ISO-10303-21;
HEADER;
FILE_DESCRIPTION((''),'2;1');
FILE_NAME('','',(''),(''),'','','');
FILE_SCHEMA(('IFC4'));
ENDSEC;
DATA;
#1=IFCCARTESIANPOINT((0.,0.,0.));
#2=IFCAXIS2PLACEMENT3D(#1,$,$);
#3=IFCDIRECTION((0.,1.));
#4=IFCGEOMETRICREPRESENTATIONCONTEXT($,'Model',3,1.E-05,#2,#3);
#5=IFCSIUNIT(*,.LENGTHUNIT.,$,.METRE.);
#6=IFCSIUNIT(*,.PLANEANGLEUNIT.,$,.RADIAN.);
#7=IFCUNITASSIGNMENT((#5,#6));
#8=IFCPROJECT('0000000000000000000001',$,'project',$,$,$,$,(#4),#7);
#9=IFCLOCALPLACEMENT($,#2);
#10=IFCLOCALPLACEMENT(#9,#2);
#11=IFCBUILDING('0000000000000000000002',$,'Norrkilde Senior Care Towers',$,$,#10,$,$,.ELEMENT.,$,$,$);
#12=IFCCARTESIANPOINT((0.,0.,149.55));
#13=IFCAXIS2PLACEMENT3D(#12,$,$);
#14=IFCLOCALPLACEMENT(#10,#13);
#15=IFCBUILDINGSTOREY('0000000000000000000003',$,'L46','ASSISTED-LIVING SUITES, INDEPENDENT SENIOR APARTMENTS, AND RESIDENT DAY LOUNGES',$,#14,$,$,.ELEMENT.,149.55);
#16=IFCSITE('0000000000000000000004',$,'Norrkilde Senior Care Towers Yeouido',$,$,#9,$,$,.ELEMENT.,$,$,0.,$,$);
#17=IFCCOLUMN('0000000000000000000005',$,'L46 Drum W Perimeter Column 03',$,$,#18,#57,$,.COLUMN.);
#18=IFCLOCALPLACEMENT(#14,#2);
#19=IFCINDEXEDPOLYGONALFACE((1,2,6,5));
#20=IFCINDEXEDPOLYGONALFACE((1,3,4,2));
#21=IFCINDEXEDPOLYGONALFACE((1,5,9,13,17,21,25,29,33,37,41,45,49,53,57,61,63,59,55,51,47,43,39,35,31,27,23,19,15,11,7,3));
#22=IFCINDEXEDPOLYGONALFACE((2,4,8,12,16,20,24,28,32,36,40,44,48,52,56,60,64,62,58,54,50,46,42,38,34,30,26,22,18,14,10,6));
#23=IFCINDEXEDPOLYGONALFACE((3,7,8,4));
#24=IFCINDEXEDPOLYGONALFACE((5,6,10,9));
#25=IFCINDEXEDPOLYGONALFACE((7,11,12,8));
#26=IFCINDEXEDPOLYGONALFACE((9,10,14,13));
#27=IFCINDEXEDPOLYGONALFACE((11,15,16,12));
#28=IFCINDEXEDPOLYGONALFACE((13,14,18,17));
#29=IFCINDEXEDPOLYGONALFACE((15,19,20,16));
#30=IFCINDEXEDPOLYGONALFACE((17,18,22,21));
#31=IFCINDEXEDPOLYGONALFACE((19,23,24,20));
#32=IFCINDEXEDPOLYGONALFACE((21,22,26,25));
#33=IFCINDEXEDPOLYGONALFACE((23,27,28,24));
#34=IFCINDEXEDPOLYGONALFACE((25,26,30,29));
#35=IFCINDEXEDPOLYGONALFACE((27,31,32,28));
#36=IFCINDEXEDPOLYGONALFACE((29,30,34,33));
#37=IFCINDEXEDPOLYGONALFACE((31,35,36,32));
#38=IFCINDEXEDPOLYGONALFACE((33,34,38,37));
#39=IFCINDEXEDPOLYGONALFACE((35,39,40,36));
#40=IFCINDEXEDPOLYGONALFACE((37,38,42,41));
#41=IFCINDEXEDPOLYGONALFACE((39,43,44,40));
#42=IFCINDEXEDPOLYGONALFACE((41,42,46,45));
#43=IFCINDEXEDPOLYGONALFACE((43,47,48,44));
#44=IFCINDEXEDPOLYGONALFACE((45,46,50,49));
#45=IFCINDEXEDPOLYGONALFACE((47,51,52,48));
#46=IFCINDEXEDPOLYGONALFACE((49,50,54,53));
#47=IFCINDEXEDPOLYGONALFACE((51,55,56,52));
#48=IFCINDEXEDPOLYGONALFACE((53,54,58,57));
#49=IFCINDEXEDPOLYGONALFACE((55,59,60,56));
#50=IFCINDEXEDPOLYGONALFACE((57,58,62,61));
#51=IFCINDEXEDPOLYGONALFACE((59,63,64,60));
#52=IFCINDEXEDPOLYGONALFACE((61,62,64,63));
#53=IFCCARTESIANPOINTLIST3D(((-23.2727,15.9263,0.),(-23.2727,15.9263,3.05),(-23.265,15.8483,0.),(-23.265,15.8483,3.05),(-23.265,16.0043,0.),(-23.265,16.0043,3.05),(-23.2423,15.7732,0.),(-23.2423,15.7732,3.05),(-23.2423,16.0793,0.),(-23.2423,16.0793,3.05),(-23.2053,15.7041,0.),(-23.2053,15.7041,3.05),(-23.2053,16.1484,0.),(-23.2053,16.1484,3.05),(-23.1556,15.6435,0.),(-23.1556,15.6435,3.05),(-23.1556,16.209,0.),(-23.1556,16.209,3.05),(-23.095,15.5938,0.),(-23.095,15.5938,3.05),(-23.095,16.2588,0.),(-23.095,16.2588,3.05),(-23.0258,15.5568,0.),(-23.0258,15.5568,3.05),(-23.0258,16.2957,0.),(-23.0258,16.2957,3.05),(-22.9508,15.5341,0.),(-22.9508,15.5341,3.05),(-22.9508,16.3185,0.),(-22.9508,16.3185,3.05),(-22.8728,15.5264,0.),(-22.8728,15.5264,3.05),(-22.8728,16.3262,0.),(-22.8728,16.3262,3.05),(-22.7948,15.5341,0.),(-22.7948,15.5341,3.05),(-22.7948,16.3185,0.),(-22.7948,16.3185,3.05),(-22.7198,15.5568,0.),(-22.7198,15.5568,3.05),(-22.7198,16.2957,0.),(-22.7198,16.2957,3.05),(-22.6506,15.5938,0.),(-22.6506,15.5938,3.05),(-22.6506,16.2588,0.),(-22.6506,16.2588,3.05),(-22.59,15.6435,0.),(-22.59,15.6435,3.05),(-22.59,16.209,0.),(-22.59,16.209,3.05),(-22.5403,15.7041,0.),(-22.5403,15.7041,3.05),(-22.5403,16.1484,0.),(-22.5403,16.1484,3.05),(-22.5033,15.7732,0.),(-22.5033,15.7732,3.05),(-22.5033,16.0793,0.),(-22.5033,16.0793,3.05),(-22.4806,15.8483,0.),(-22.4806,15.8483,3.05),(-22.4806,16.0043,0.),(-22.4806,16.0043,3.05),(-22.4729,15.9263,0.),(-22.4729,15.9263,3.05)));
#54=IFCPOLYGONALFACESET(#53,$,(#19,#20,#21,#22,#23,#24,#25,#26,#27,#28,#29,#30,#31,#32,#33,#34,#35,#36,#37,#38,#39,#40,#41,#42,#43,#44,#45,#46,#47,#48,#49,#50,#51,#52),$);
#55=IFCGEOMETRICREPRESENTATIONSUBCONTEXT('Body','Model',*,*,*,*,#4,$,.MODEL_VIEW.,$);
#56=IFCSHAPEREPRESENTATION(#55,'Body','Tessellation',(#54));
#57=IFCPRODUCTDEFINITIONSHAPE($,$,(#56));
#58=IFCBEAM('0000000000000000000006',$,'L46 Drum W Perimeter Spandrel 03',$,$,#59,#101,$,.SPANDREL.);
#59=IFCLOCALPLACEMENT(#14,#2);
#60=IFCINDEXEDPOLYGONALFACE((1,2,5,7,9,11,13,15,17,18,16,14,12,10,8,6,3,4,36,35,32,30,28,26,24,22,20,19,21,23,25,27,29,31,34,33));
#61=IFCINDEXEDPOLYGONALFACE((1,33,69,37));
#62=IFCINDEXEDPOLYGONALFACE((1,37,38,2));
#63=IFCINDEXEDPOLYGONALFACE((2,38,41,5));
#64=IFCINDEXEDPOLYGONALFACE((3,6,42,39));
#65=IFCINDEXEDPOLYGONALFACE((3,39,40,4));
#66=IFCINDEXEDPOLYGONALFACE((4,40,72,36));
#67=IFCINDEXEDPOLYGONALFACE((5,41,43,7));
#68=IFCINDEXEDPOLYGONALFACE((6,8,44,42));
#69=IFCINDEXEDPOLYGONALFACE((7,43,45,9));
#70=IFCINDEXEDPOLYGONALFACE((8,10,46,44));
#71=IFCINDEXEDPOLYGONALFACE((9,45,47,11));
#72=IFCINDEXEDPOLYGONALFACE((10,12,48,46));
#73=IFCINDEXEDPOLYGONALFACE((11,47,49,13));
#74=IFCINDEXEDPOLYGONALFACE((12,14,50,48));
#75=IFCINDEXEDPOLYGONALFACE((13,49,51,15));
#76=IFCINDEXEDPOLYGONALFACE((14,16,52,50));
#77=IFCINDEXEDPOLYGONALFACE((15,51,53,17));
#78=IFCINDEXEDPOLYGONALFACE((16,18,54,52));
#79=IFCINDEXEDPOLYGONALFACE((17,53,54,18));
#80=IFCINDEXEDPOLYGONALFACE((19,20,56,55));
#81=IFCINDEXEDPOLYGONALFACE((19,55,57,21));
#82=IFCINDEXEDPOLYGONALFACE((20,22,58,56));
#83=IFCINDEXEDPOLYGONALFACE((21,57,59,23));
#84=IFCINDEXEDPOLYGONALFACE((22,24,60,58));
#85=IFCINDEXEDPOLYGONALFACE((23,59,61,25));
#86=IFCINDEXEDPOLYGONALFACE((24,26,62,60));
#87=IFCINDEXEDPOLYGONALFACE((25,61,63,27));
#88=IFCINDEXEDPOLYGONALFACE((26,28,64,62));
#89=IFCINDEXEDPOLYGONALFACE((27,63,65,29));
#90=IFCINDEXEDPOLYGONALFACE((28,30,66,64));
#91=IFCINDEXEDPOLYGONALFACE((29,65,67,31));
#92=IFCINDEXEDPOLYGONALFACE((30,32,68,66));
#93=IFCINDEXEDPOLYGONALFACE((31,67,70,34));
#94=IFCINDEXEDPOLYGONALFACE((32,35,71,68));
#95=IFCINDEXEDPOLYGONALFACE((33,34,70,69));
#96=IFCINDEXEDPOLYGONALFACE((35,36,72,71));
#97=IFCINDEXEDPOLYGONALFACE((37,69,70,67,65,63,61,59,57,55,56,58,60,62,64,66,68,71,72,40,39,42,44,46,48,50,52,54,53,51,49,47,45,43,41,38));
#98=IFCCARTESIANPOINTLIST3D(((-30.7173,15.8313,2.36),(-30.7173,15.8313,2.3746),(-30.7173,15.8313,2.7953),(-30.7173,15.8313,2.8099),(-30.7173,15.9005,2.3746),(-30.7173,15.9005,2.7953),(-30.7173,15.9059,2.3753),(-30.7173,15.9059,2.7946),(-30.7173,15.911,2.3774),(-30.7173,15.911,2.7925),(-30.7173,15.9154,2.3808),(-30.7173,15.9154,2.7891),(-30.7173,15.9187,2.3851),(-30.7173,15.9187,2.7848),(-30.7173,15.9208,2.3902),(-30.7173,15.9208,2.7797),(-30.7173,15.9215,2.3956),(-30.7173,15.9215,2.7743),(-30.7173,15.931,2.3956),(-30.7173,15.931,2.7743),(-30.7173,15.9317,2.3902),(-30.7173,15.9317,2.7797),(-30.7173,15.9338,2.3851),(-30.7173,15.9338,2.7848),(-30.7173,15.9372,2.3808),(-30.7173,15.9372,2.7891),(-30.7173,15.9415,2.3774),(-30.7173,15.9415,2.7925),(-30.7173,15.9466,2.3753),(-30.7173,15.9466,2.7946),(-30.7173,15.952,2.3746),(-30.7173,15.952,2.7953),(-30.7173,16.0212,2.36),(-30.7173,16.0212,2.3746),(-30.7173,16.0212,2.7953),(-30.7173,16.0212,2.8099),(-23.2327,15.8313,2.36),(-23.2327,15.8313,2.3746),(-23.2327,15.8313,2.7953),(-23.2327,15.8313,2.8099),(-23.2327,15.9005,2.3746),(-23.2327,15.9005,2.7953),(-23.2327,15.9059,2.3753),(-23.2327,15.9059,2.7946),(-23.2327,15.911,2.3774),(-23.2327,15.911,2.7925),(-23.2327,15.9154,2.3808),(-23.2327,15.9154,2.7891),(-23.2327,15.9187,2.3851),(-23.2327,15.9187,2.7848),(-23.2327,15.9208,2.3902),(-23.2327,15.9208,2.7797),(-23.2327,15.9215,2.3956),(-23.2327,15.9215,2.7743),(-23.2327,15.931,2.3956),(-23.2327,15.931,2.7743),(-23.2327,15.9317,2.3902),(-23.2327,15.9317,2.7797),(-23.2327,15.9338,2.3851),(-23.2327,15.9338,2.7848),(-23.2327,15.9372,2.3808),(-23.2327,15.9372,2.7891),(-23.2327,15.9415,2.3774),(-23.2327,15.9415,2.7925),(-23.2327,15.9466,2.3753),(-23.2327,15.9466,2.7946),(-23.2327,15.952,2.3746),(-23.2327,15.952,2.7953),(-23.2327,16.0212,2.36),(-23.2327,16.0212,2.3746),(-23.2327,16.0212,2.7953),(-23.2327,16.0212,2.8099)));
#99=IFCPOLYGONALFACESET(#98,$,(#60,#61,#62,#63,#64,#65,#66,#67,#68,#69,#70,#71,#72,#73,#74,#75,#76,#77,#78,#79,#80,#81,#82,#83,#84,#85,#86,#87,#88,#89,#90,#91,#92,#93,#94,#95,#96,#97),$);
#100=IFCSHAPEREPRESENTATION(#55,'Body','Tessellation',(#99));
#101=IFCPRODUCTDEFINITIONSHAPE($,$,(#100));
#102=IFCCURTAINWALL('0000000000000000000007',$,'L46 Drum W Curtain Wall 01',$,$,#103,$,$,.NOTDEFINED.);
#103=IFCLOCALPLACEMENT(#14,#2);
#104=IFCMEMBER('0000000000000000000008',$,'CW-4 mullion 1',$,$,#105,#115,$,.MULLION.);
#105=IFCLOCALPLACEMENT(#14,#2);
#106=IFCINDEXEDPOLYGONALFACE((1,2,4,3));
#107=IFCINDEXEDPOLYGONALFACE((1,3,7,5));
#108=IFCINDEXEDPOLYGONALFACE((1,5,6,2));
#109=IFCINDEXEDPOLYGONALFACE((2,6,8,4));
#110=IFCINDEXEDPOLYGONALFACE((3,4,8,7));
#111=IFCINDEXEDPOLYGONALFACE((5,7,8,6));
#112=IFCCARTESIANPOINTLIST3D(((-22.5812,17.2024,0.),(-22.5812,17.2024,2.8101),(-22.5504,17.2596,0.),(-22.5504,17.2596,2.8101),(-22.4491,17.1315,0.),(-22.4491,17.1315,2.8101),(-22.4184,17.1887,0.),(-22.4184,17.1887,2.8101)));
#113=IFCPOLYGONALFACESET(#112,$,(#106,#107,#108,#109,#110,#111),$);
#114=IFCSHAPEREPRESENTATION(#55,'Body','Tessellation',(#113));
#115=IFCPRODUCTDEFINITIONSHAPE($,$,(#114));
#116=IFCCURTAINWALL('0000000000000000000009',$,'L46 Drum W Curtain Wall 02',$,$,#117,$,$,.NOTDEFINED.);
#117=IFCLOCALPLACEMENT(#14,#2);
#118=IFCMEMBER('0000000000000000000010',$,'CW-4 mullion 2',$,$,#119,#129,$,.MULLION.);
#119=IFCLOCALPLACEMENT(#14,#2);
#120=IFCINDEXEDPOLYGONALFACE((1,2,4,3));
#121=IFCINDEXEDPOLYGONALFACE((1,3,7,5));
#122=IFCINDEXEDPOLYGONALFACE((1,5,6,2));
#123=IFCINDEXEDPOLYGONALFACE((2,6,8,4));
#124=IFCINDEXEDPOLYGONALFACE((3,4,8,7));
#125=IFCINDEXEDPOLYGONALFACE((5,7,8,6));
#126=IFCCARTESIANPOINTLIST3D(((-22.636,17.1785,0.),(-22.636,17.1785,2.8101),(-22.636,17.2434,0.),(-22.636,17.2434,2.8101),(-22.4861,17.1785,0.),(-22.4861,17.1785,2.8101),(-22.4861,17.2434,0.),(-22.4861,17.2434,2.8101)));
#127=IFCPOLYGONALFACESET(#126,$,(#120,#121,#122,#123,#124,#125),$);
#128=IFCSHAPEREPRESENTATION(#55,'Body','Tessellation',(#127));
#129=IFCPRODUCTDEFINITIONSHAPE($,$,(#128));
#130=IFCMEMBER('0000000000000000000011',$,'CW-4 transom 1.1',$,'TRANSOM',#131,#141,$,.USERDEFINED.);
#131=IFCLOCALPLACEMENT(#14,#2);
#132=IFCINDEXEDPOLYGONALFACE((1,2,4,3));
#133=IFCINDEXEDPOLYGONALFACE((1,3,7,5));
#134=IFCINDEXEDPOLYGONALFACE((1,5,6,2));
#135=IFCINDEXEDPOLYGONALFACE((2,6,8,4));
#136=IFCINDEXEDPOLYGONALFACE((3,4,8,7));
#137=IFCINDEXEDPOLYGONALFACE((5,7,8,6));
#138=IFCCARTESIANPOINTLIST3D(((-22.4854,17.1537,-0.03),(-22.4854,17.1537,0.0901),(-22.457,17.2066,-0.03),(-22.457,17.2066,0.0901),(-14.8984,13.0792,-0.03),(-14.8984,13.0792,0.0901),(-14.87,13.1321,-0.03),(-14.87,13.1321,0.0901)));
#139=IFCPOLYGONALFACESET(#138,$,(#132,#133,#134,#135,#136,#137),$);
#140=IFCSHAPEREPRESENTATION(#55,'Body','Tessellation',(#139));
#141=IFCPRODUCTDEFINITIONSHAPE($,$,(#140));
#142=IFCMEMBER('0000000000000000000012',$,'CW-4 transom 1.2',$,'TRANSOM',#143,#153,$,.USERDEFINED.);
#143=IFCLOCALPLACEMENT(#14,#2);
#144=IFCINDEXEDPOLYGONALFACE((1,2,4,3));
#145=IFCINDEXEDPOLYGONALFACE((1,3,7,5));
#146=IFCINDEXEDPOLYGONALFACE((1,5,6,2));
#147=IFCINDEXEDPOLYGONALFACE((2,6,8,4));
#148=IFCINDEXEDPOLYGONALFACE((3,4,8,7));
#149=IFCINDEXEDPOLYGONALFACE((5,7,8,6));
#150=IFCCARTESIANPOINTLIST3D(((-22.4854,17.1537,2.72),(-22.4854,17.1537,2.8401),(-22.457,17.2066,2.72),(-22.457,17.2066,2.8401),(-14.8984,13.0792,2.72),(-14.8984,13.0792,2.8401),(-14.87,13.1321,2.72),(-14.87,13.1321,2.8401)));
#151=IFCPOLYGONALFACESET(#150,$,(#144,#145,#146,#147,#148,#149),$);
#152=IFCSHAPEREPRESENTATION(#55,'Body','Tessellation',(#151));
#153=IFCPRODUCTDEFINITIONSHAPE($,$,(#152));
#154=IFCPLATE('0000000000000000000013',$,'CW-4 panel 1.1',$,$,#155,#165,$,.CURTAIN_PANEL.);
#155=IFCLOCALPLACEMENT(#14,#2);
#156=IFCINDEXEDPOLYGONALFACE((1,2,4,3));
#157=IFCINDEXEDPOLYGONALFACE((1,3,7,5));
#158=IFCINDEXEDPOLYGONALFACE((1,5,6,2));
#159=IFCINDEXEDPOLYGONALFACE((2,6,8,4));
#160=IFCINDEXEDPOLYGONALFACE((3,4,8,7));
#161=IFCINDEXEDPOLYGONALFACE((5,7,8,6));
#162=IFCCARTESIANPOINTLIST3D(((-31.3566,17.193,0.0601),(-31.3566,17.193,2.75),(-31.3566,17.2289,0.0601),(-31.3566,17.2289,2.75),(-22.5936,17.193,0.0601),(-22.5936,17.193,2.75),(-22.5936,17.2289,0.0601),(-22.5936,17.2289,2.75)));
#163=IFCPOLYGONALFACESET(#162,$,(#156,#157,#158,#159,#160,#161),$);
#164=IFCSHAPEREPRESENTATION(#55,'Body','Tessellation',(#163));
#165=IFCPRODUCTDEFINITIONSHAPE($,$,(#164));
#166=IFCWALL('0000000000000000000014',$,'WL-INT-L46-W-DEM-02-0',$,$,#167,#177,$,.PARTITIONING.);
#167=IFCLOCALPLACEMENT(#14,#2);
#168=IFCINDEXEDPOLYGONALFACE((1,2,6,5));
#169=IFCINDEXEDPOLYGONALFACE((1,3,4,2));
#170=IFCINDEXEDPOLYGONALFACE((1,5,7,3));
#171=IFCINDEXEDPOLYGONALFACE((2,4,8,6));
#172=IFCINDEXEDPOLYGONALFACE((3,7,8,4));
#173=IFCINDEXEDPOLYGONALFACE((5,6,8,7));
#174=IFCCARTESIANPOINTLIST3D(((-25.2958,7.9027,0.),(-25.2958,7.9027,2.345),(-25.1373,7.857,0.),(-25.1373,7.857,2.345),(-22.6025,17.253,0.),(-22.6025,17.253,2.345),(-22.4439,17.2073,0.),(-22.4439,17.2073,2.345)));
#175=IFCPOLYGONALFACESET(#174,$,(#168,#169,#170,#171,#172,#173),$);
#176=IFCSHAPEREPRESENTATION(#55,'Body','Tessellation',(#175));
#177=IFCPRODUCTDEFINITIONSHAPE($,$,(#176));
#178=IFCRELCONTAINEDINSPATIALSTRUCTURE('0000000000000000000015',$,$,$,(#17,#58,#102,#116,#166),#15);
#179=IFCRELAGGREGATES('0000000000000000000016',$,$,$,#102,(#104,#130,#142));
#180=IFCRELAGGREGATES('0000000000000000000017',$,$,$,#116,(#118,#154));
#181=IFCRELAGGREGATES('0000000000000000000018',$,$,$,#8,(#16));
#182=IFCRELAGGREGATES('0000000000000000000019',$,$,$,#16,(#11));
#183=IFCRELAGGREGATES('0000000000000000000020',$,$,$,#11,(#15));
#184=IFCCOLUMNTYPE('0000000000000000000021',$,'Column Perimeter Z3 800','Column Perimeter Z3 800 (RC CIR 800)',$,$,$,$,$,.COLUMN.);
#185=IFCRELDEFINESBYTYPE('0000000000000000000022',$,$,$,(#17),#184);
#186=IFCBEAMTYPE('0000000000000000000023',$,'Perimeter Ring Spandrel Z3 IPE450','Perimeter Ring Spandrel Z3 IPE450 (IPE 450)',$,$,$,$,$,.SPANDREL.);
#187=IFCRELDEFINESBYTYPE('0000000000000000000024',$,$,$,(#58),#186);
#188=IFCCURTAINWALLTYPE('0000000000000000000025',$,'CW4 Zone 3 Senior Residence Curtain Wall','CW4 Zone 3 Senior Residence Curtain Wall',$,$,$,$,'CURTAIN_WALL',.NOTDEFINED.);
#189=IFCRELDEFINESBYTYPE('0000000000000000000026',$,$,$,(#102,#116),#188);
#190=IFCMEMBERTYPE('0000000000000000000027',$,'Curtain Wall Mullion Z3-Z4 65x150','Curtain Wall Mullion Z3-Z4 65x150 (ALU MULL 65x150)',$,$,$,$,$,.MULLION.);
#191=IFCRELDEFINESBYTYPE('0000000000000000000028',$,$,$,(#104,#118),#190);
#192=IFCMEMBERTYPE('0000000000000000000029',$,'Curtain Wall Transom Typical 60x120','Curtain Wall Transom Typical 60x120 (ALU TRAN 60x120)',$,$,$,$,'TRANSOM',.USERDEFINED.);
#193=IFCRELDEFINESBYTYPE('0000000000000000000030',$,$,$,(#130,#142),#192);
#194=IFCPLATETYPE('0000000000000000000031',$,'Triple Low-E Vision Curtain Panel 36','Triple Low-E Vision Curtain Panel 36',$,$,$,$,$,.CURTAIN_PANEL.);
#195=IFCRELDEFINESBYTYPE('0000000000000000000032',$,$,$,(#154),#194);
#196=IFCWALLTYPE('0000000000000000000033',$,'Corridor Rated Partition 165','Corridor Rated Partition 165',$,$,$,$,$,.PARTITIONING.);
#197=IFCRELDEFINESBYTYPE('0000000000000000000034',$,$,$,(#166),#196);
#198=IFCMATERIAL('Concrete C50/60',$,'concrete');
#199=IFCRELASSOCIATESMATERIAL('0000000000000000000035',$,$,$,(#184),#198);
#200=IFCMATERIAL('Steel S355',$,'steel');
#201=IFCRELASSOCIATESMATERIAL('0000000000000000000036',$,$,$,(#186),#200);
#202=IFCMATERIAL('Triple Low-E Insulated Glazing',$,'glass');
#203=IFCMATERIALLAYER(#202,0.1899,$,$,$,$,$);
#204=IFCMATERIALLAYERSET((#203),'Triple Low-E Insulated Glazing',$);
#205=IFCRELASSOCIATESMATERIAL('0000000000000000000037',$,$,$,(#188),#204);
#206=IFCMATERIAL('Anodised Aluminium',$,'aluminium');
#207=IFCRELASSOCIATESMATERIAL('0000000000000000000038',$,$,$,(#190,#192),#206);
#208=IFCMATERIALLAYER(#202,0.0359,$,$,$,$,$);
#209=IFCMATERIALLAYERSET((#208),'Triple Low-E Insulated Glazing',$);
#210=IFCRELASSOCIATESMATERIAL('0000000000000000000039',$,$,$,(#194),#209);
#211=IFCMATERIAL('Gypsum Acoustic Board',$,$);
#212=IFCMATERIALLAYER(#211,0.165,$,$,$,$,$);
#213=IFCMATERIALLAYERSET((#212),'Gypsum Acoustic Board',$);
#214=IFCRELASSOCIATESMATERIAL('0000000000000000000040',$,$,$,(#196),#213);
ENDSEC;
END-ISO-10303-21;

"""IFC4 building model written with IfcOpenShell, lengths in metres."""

from ifc_helpers import new_model, si_unit, direction, frame, frame_2d, origin, origin_2d, place, context, subcontext, project, spatial, rectangle, circle, i_section, extrude, source, transform, mapped, material, layer, layer_set, material_profile, profile_set, type_object, type_shapes, element, aggregate, save


model = new_model("IFC4")

# Units and contexts
model_context = context("Model", 3, precision=1e-05, world=origin(), true_north=direction((0.0, 1.0)))
body_context = subcontext(model_context, "Body", "Model", "MODEL_VIEW")
ifc_project = project(units=[si_unit("LENGTHUNIT", "METRE"), si_unit("PLANEANGLEUNIT", "RADIAN")], contexts=[model_context])

# Site, building, storey
site_placement = place(None, origin())
site = spatial("IfcSite", under=ifc_project, at=site_placement, Name="Norrkilde Senior Care Towers Yeouido", CompositionType="ELEMENT", RefElevation=0.0)
building_placement = place(site_placement, origin())
building = spatial("IfcBuilding", under=site, at=building_placement, Name="Norrkilde Senior Care Towers", CompositionType="ELEMENT")
storey_placement = place(building_placement, frame((0.0, 0.0, 149.55)))
storey = spatial("IfcBuildingStorey", under=building, at=storey_placement, Name="L46", Description="ASSISTED-LIVING SUITES, INDEPENDENT SENIOR APARTMENTS, AND RESIDENT DAY LOUNGES", CompositionType="ELEMENT", Elevation=149.55)

# Column
ifc_material_1 = material(Name="Concrete C50/60", Category="concrete")
ifc_material_profile_1 = material_profile(ifc_material_1, circle(Radius=0.3999, at=origin_2d()), Name="RC CIR 800")
ifc_profile_set_1 = profile_set([ifc_material_profile_1], Name="Concrete C50/60")
column_type = type_object("IfcColumnType", Name="Column Perimeter Z3 800", Description="Column Perimeter Z3 800 (RC CIR 800)", PredefinedType="COLUMN", material=ifc_profile_set_1)
shared_shape_1 = source(origin(), body_context, "Body", "SweptSolid", [
    extrude(circle(Radius=0.3999, at=origin_2d()), origin(), (0.0, 0.0, 1.0), 3.05),
])
type_shapes(column_type, [shared_shape_1])
column_placement = place(storey_placement, frame((-22.8728, 15.9263, 0.0), z_axis=(0.0, 0.0, 1.0), x_axis=(1.0, 0.0, 0.0)))
element("IfcColumn", 1, at=column_placement, inside=storey, type_object=column_type, Name="L46 Drum W Perimeter Column 03", PredefinedType="COLUMN", context=body_context, shape_type="MappedRepresentation", body=[
    mapped(shared_shape_1, transform((0.0, 0.0, 0.0), x_axis=(1.0, 0.0, 0.0), y_axis=(0.0, 1.0, 0.0), z_axis=(0.0, 0.0, 1.0), scale=1.0)),
])

# Beam
ifc_material_2 = material(Name="Steel S355", Category="steel")
ifc_material_profile_2 = material_profile(ifc_material_2, i_section(OverallWidth=0.1899, OverallDepth=0.45, WebThickness=0.0095, FlangeThickness=0.0146, FilletRadius=0.021, at=origin_2d()), Name="IPE 450")
ifc_profile_set_2 = profile_set([ifc_material_profile_2], Name="Steel S355")
beam_type = type_object("IfcBeamType", Name="Perimeter Ring Spandrel Z3 IPE450", Description="Perimeter Ring Spandrel Z3 IPE450 (IPE 450)", PredefinedType="SPANDREL", material=ifc_profile_set_2)
shared_shape_2 = source(origin(), body_context, "Body", "SweptSolid", [
    extrude(i_section(OverallWidth=0.1899, OverallDepth=0.45, WebThickness=0.0095, FlangeThickness=0.0146, FilletRadius=0.021, at=origin_2d()), origin(), (0.0, 0.0, 1.0), 7.4846),
])
type_shapes(beam_type, [shared_shape_2])
beam_placement = place(storey_placement, frame((-23.2327, 15.9263, 2.585), z_axis=(-1.0, 0.0, 0.0), x_axis=(0.0, -1.0, 0.0)))
element("IfcBeam", 2, at=beam_placement, inside=storey, type_object=beam_type, Name="L46 Drum W Perimeter Spandrel 03", PredefinedType="SPANDREL", context=body_context, shape_type="MappedRepresentation", body=[
    mapped(shared_shape_2, transform((0.0, 0.0, 0.0), x_axis=(1.0, 0.0, 0.0), y_axis=(0.0, 1.0, 0.0), z_axis=(0.0, 0.0, 1.0), scale=1.0)),
])

# Curtain walls, members
ifc_material_3 = material(Name="Triple Low-E Insulated Glazing", Category="glass")
ifc_layer_1 = layer(ifc_material_3, 0.1899)
ifc_layer_set_1 = layer_set([ifc_layer_1], Name="Triple Low-E Insulated Glazing")
curtain_wall_type = type_object("IfcCurtainWallType", Name="CW4 Zone 3 Senior Residence Curtain Wall", Description="CW4 Zone 3 Senior Residence Curtain Wall", ElementType="CURTAIN_WALL", PredefinedType="NOTDEFINED", material=ifc_layer_set_1)
curtain_wall_1_placement = place(storey_placement, origin())
curtain_wall_1 = element("IfcCurtainWall", 3, at=curtain_wall_1_placement, inside=storey, type_object=curtain_wall_type, Name="L46 Drum W Curtain Wall 01", PredefinedType="NOTDEFINED")
ifc_material_4 = material(Name="Anodised Aluminium", Category="aluminium")
ifc_material_profile_3 = material_profile(ifc_material_4, rectangle(XDim=0.0649, YDim=0.1499, at=origin_2d()), Name="ALU MULL 65x150")
ifc_profile_set_3 = profile_set([ifc_material_profile_3], Name="Anodised Aluminium")
member_type_1 = type_object("IfcMemberType", Name="Curtain Wall Mullion Z3-Z4 65x150", Description="Curtain Wall Mullion Z3-Z4 65x150 (ALU MULL 65x150)", PredefinedType="MULLION", material=ifc_profile_set_3)
shared_shape_3 = source(origin(), body_context, "Body", "SweptSolid", [
    extrude(rectangle(XDim=0.0649, YDim=0.1499, at=origin_2d()), origin(), (0.0, 0.0, 1.0), 2.8101),
])
type_shapes(member_type_1, [shared_shape_3])
member_1_placement = place(storey_placement, frame((-22.4998, 17.1956, 0.0), z_axis=(0.0, 0.0, 1.0), x_axis=(0.473117, 0.881, 0.0)))
member_1 = element("IfcMember", 4, at=member_1_placement, type_object=member_type_1, Name="CW-4 mullion 1", PredefinedType="MULLION", context=body_context, shape_type="MappedRepresentation", body=[
    mapped(shared_shape_3, transform((0.0, 0.0, 0.0), x_axis=(1.0, 0.0, 0.0), y_axis=(0.0, 1.0, 0.0), z_axis=(0.0, 0.0, 1.0), scale=1.0)),
])
curtain_wall_2_placement = place(storey_placement, origin())
curtain_wall_2 = element("IfcCurtainWall", 5, at=curtain_wall_2_placement, inside=storey, type_object=curtain_wall_type, Name="L46 Drum W Curtain Wall 02", PredefinedType="NOTDEFINED")
member_2_placement = place(storey_placement, frame((-22.561, 17.2109, 0.0), z_axis=(0.0, 0.0, 1.0), x_axis=(0.0, 1.0, 0.0)))
member_2 = element("IfcMember", 6, at=member_2_placement, type_object=member_type_1, Name="CW-4 mullion 2", PredefinedType="MULLION", context=body_context, shape_type="MappedRepresentation", body=[
    mapped(shared_shape_3, transform((0.0, 0.0, 0.0), x_axis=(1.0, 0.0, 0.0), y_axis=(0.0, 1.0, 0.0), z_axis=(0.0, 0.0, 1.0), scale=1.0)),
])

# Members
ifc_material_profile_4 = material_profile(ifc_material_4, rectangle(XDim=0.0601, YDim=0.1201, at=origin_2d()), Name="ALU TRAN 60x120")
ifc_profile_set_4 = profile_set([ifc_material_profile_4], Name="Anodised Aluminium")
member_type_2 = type_object("IfcMemberType", Name="Curtain Wall Transom Typical 60x120", Description="Curtain Wall Transom Typical 60x120 (ALU TRAN 60x120)", ElementType="TRANSOM", PredefinedType="USERDEFINED", material=ifc_profile_set_4)
shared_shape_4 = source(origin(), body_context, "Body", "SweptSolid", [
    extrude(rectangle(XDim=0.0601, YDim=0.1201, at=origin_2d()), origin(), (0.0, 0.0, 1.0), 8.6118),
])
type_shapes(member_type_2, [shared_shape_4])
member_3_placement = place(storey_placement, frame((-22.4712, 17.1802, 0.03), z_axis=(0.880994, -0.473127, 0.0), x_axis=(0.473127, 0.880994, 0.0)))
member_3 = element("IfcMember", 7, at=member_3_placement, type_object=member_type_2, Name="CW-4 transom 1.1", ObjectType="TRANSOM", PredefinedType="USERDEFINED", context=body_context, shape_type="MappedRepresentation", body=[
    mapped(shared_shape_4, transform((0.0, 0.0, 0.0), x_axis=(1.0, 0.0, 0.0), y_axis=(0.0, 1.0, 0.0), z_axis=(0.0, 0.0, 1.0), scale=1.0)),
])
member_4_placement = place(storey_placement, frame((-22.4712, 17.1802, 2.78), z_axis=(0.880994, -0.473127, 0.0), x_axis=(0.473127, 0.880994, 0.0)))
member_4 = element("IfcMember", 8, at=member_4_placement, type_object=member_type_2, Name="CW-4 transom 1.2", ObjectType="TRANSOM", PredefinedType="USERDEFINED", context=body_context, shape_type="MappedRepresentation", body=[
    mapped(shared_shape_4, transform((0.0, 0.0, 0.0), x_axis=(1.0, 0.0, 0.0), y_axis=(0.0, 1.0, 0.0), z_axis=(0.0, 0.0, 1.0), scale=1.0)),
])
aggregate(curtain_wall_1, [member_1, member_3, member_4])

# Plate
ifc_layer_2 = layer(ifc_material_3, 0.0359)
ifc_layer_set_2 = layer_set([ifc_layer_2], Name="Triple Low-E Insulated Glazing")
plate_type = type_object("IfcPlateType", Name="Triple Low-E Vision Curtain Panel 36", Description="Triple Low-E Vision Curtain Panel 36", PredefinedType="CURTAIN_PANEL", material=ifc_layer_set_2)
shared_shape_5 = source(origin(), body_context, "Body", "SweptSolid", [
    extrude(rectangle(XDim=8.7629, YDim=0.0359, at=origin_2d()), origin(), (0.0, 0.0, 1.0), 2.6899),
])
type_shapes(plate_type, [shared_shape_5])
plate_placement = place(storey_placement, frame((-26.9751, 17.2109, 0.0601), z_axis=(0.0, 0.0, 1.0), x_axis=(1.0, 0.0, 0.0)))
plate = element("IfcPlate", 9, at=plate_placement, type_object=plate_type, Name="CW-4 panel 1.1", PredefinedType="CURTAIN_PANEL", context=body_context, shape_type="MappedRepresentation", body=[
    mapped(shared_shape_5, transform((0.0, 0.0, 0.0), x_axis=(1.0, 0.0, 0.0), y_axis=(0.0, 1.0, 0.0), z_axis=(0.0, 0.0, 1.0), scale=1.0)),
])
aggregate(curtain_wall_2, [member_2, plate])

# Wall
ifc_material_5 = material(Name="Gypsum Acoustic Board")
ifc_layer_3 = layer(ifc_material_5, 0.165)
ifc_layer_set_3 = layer_set([ifc_layer_3], Name="Gypsum Acoustic Board")
wall_type_1 = type_object("IfcWallType", Name="Corridor Rated Partition 165", Description="Corridor Rated Partition 165", PredefinedType="PARTITIONING", material=ifc_layer_set_3)
shared_shape_6 = source(origin(), body_context, "Body", "SweptSolid", [
    extrude(rectangle(XDim=9.7305, YDim=0.165, at=frame_2d((4.8652, 0.0))), origin(), (0.0, 0.0, 1.0), 2.345),
])
wall_1_placement = place(storey_placement, frame((-25.2166, 7.8799, 0.0), z_axis=(0.0, 0.0, 1.0), x_axis=(0.276795, 0.960929, 0.0)))
element("IfcWall", 10, at=wall_1_placement, inside=storey, type_object=wall_type_1, Name="WL-INT-L46-W-DEM-02-0", PredefinedType="PARTITIONING", context=body_context, shape_type="MappedRepresentation", body=[
    mapped(shared_shape_6, transform((0.0, 0.0, 0.0), x_axis=(1.0, 0.0, 0.0), y_axis=(0.0, 1.0, 0.0), z_axis=(0.0, 0.0, 1.0), scale=1.0)),
])

save(model, "model.ifc")
